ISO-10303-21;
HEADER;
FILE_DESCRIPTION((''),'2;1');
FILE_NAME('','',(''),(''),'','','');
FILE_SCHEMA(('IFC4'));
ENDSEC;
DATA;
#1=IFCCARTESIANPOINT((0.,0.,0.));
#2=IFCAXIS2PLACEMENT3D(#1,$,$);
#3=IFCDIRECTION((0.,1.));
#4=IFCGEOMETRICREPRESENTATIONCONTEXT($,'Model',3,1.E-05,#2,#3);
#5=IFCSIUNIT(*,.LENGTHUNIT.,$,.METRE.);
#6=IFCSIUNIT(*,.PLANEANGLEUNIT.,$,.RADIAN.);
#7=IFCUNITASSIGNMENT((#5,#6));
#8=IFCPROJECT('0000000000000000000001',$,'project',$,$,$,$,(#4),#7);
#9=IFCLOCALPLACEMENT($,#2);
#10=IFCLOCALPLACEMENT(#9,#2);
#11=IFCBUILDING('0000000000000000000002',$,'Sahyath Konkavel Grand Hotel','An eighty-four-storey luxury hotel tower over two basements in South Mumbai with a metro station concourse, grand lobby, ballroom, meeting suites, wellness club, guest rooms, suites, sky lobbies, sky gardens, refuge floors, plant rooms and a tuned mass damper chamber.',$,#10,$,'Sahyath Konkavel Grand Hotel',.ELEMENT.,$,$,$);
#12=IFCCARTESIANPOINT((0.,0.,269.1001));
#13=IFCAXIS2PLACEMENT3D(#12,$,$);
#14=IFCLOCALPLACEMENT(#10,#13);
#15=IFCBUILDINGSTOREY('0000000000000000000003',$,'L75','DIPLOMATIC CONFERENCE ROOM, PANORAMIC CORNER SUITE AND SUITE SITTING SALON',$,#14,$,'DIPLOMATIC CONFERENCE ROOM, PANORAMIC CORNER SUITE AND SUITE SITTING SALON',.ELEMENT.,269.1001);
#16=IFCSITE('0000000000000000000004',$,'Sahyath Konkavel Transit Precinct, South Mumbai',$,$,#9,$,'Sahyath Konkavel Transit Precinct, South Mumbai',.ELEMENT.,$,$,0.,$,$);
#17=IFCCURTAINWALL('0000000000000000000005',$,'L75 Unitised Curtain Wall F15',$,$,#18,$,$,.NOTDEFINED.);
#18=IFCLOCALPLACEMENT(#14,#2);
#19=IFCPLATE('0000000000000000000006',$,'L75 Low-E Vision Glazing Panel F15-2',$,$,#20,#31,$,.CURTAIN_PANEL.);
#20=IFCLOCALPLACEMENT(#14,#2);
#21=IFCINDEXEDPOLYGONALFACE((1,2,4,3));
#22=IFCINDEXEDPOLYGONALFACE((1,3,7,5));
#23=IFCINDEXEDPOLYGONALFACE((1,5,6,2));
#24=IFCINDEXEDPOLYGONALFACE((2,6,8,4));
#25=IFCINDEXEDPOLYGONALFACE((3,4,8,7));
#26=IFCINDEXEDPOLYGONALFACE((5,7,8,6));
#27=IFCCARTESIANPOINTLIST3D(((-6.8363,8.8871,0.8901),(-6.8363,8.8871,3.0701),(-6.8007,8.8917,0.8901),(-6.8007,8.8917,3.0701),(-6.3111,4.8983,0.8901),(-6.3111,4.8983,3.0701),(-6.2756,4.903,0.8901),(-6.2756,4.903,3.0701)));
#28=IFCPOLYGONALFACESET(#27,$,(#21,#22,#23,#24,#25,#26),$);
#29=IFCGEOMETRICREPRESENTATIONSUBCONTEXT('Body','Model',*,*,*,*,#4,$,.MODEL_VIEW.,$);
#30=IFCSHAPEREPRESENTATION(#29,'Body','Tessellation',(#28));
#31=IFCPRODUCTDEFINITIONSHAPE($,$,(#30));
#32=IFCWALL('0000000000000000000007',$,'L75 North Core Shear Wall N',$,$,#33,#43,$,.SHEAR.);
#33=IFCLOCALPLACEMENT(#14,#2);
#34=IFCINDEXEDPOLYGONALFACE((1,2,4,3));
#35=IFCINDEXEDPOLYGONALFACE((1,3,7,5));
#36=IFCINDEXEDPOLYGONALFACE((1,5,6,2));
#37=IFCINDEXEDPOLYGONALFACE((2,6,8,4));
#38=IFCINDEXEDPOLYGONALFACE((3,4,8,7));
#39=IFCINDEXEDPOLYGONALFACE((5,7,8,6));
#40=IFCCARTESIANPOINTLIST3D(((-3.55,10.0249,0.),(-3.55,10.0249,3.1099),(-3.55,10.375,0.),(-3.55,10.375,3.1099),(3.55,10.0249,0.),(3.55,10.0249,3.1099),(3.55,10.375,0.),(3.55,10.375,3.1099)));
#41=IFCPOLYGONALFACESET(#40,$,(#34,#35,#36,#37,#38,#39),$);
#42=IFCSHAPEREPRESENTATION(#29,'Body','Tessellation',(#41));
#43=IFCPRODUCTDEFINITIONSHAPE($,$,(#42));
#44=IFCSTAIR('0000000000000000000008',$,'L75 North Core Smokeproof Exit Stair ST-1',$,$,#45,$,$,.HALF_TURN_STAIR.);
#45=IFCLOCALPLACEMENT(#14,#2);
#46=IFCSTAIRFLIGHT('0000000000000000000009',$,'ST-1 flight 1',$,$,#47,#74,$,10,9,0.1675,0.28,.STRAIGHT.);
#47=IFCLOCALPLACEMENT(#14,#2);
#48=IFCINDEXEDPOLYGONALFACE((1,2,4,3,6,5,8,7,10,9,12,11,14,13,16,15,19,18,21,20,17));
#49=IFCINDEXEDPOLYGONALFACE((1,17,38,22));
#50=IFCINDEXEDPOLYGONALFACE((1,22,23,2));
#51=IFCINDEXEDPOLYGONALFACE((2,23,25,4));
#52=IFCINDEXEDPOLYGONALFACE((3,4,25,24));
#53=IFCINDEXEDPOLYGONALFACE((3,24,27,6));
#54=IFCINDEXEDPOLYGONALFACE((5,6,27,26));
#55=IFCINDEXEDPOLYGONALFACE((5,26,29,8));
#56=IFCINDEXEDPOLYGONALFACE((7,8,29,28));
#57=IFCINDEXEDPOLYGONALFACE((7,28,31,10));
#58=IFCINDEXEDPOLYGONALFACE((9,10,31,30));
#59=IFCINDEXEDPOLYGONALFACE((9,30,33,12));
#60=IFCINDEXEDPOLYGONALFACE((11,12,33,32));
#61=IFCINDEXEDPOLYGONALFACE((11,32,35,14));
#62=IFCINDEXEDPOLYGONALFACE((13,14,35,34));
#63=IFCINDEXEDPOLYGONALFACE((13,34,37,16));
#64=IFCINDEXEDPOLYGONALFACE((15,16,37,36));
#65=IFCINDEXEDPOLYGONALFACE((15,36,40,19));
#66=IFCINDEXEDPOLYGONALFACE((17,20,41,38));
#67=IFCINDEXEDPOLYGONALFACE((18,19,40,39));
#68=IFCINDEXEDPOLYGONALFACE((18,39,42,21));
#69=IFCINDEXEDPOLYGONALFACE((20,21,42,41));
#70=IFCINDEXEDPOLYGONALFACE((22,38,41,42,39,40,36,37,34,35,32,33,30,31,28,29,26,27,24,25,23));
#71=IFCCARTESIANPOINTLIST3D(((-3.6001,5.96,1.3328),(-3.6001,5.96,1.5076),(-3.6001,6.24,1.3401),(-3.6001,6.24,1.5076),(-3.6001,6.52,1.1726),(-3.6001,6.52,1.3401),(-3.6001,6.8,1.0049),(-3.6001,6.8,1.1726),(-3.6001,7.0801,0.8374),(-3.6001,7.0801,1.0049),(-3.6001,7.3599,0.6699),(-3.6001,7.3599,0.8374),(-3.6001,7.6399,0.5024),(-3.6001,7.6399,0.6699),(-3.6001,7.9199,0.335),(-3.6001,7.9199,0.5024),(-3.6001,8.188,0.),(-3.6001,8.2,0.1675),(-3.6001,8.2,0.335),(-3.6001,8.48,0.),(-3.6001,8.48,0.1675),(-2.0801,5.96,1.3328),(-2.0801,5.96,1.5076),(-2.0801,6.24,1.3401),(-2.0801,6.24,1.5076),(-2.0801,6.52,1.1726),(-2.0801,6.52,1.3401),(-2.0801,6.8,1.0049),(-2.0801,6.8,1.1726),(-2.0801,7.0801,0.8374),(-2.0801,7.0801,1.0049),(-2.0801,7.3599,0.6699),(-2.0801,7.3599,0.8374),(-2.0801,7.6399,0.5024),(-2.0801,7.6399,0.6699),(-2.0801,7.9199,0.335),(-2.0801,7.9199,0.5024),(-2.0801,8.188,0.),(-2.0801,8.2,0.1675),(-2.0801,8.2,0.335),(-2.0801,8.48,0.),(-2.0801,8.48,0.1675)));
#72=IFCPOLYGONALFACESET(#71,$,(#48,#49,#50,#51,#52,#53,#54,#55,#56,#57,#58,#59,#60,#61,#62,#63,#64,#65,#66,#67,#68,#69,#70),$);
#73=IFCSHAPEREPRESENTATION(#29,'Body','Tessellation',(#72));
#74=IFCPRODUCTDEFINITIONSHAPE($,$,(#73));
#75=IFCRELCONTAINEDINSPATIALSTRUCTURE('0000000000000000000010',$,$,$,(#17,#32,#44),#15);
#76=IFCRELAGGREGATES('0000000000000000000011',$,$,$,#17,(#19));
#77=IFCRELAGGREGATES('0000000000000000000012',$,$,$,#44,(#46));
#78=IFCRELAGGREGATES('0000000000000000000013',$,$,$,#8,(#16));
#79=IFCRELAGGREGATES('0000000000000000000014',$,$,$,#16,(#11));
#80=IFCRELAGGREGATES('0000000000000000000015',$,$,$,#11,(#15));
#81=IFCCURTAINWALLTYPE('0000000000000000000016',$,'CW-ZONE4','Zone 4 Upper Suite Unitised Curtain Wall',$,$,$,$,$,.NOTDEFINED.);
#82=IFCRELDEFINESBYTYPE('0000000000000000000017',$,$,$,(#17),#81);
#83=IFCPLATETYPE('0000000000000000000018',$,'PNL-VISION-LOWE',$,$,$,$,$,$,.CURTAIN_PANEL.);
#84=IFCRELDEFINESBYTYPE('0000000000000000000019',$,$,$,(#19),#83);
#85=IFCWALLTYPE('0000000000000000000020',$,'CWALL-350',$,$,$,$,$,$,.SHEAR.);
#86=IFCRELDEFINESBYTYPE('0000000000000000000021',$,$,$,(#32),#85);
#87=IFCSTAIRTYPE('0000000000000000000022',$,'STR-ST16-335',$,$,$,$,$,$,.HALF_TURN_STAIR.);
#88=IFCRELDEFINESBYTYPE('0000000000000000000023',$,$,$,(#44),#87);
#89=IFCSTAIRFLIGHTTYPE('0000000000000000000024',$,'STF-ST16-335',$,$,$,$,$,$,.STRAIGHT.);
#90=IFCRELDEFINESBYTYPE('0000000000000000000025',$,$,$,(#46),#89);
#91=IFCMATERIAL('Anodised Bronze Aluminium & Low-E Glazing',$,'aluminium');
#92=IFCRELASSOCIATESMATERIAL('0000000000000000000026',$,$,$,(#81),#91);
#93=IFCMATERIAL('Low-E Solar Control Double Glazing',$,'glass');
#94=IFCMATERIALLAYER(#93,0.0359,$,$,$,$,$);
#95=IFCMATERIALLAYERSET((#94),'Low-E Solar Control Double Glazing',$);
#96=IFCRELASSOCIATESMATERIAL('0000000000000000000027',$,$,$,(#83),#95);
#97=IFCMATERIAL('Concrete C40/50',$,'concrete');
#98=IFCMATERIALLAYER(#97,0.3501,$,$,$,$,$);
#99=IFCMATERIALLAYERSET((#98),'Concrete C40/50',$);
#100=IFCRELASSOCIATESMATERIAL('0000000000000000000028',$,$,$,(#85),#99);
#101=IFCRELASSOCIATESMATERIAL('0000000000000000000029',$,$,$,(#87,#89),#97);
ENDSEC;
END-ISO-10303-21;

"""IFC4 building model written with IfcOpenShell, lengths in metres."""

from ifc_helpers import new_model, si_unit, direction, frame, frame_2d, origin, origin_2d, place, context, subcontext, project, spatial, polyline, rectangle, outline, extrude, source, transform, mapped, material, layer, layer_set, type_object, element, aggregate, save


model = new_model("IFC4")

# Units and contexts
model_context = context("Model", 3, precision=1e-05, world=origin(), true_north=direction((0.0, 1.0)))
body_context = subcontext(model_context, "Body", "Model", "MODEL_VIEW")
ifc_project = project(units=[si_unit("LENGTHUNIT", "METRE"), si_unit("PLANEANGLEUNIT", "RADIAN")], contexts=[model_context])

# Site, building, storey
site_placement = place(None, origin())
site = spatial("IfcSite", under=ifc_project, at=site_placement, Name="Sahyath Konkavel Transit Precinct, South Mumbai", LongName="Sahyath Konkavel Transit Precinct, South Mumbai", CompositionType="ELEMENT", RefElevation=0.0)
building_placement = place(site_placement, origin())
building = spatial("IfcBuilding", under=site, at=building_placement, Name="Sahyath Konkavel Grand Hotel", Description="An eighty-four-storey luxury hotel tower over two basements in South Mumbai with a metro station concourse, grand lobby, ballroom, meeting suites, wellness club, guest rooms, suites, sky lobbies, sky gardens, refuge floors, plant rooms and a tuned mass damper chamber.", LongName="Sahyath Konkavel Grand Hotel", CompositionType="ELEMENT")
storey_placement = place(building_placement, frame((0.0, 0.0, 269.1001)))
storey = spatial("IfcBuildingStorey", under=building, at=storey_placement, Name="L75", Description="DIPLOMATIC CONFERENCE ROOM, PANORAMIC CORNER SUITE AND SUITE SITTING SALON", LongName="DIPLOMATIC CONFERENCE ROOM, PANORAMIC CORNER SUITE AND SUITE SITTING SALON", CompositionType="ELEMENT", Elevation=269.1001)

# Shared definitions
ifc_material_1 = material(Name="Anodised Bronze Aluminium & Low-E Glazing", Category="aluminium")
curtain_wall_type = type_object("IfcCurtainWallType", Name="CW-ZONE4", Description="Zone 4 Upper Suite Unitised Curtain Wall", PredefinedType="NOTDEFINED", material=ifc_material_1)

# Curtain wall
curtain_wall_1_placement = place(storey_placement, origin())
curtain_wall_1 = element("IfcCurtainWall", 1, at=curtain_wall_1_placement, inside=storey, type_object=curtain_wall_type, Name="L75 Unitised Curtain Wall F15", PredefinedType="NOTDEFINED")

# Plate
ifc_material_2 = material(Name="Low-E Solar Control Double Glazing", Category="glass")
ifc_layer_1 = layer(ifc_material_2, 0.0359)
ifc_layer_set_1 = layer_set([ifc_layer_1], Name="Low-E Solar Control Double Glazing")
plate_type_1 = type_object("IfcPlateType", Name="PNL-VISION-LOWE", PredefinedType="CURTAIN_PANEL", material=ifc_layer_set_1)
shared_shape_1 = source(origin(), body_context, "Body", "SweptSolid", [
    extrude(rectangle(XDim=4.0232, YDim=0.0359, at=origin_2d()), origin(), (0.0, 0.0, 1.0), 2.1799),
])
plate_1_placement = place(storey_placement, frame((-6.5559, 6.895, 0.8901), z_axis=(0.0, 0.0, 1.0), x_axis=(0.130526, -0.991445, 0.0)))
plate_1 = element("IfcPlate", 2, at=plate_1_placement, type_object=plate_type_1, Name="L75 Low-E Vision Glazing Panel F15-2", PredefinedType="CURTAIN_PANEL", context=body_context, shape_type="MappedRepresentation", body=[
    mapped(shared_shape_1, transform((0.0, 0.0, 0.0), scale=1.0)),
])
aggregate(curtain_wall_1, [plate_1])

# Wall
ifc_material_3 = material(Name="Concrete C40/50", Category="concrete")
ifc_layer_2 = layer(ifc_material_3, 0.3501)
ifc_layer_set_2 = layer_set([ifc_layer_2], Name="Concrete C40/50")
wall_type = type_object("IfcWallType", Name="CWALL-350", PredefinedType="SHEAR", material=ifc_layer_set_2)
wall_placement = place(storey_placement, frame((-3.55, 10.2, 0.0), z_axis=(0.0, 0.0, 1.0), x_axis=(1.0, 0.0, 0.0)))
element("IfcWall", 3, at=wall_placement, inside=storey, type_object=wall_type, Name="L75 North Core Shear Wall N", PredefinedType="SHEAR", context=body_context, shape_type="SweptSolid", body=[
    extrude(rectangle(XDim=7.1001, YDim=0.3501, at=frame_2d((3.55, 0.0))), origin(), (0.0, 0.0, 1.0), 3.1099),
])

# Stair, stair flight
stair_type = type_object("IfcStairType", Name="STR-ST16-335", PredefinedType="HALF_TURN_STAIR", material=ifc_material_3)
stair_placement = place(storey_placement, origin())
stair = element("IfcStair", 4, at=stair_placement, inside=storey, type_object=stair_type, Name="L75 North Core Smokeproof Exit Stair ST-1", PredefinedType="HALF_TURN_STAIR")
stair_flight_type = type_object("IfcStairFlightType", Name="STF-ST16-335", PredefinedType="STRAIGHT", material=ifc_material_3)
stair_flight_placement = place(storey_placement, frame((-2.8401, 8.48, 0.0), z_axis=(0.0, 0.0, 1.0), x_axis=(0.0, -1.0, 0.0)))
stair_flight = element("IfcStairFlight", 5, at=stair_flight_placement, type_object=stair_flight_type, Name="ST-1 flight 1", NumberOfRisers=10, NumberOfTreads=9, PredefinedType="STRAIGHT", RiserHeight=0.1675, TreadLength=0.28, context=body_context, shape_type="SweptSolid", body=[
    extrude(outline(polyline([(0.0, 0.0), (0.0, 0.1675), (0.28, 0.1675), (0.28, 0.335), (0.5601, 0.335), (0.5601, 0.5024), (0.8401, 0.5024), (0.8401, 0.6699), (1.1201, 0.6699), (1.1201, 0.8374), (1.3999, 0.8374), (1.3999, 1.0049), (1.6799, 1.0049), (1.6799, 1.1726), (1.96, 1.1726), (1.96, 1.3401), (2.24, 1.3401), (2.24, 1.5076), (2.52, 1.5076), (2.52, 1.675), (2.52, 1.3328), (0.292, 0.0), (0.0, 0.0)])), frame((0.0, 0.76, 0.0), z_axis=(0.0, -1.0, 0.0), x_axis=(1.0, 0.0, 0.0)), (0.0, 0.0, 1.0), 1.52),
])
aggregate(stair, [stair_flight])

save(model, "model.ifc")
